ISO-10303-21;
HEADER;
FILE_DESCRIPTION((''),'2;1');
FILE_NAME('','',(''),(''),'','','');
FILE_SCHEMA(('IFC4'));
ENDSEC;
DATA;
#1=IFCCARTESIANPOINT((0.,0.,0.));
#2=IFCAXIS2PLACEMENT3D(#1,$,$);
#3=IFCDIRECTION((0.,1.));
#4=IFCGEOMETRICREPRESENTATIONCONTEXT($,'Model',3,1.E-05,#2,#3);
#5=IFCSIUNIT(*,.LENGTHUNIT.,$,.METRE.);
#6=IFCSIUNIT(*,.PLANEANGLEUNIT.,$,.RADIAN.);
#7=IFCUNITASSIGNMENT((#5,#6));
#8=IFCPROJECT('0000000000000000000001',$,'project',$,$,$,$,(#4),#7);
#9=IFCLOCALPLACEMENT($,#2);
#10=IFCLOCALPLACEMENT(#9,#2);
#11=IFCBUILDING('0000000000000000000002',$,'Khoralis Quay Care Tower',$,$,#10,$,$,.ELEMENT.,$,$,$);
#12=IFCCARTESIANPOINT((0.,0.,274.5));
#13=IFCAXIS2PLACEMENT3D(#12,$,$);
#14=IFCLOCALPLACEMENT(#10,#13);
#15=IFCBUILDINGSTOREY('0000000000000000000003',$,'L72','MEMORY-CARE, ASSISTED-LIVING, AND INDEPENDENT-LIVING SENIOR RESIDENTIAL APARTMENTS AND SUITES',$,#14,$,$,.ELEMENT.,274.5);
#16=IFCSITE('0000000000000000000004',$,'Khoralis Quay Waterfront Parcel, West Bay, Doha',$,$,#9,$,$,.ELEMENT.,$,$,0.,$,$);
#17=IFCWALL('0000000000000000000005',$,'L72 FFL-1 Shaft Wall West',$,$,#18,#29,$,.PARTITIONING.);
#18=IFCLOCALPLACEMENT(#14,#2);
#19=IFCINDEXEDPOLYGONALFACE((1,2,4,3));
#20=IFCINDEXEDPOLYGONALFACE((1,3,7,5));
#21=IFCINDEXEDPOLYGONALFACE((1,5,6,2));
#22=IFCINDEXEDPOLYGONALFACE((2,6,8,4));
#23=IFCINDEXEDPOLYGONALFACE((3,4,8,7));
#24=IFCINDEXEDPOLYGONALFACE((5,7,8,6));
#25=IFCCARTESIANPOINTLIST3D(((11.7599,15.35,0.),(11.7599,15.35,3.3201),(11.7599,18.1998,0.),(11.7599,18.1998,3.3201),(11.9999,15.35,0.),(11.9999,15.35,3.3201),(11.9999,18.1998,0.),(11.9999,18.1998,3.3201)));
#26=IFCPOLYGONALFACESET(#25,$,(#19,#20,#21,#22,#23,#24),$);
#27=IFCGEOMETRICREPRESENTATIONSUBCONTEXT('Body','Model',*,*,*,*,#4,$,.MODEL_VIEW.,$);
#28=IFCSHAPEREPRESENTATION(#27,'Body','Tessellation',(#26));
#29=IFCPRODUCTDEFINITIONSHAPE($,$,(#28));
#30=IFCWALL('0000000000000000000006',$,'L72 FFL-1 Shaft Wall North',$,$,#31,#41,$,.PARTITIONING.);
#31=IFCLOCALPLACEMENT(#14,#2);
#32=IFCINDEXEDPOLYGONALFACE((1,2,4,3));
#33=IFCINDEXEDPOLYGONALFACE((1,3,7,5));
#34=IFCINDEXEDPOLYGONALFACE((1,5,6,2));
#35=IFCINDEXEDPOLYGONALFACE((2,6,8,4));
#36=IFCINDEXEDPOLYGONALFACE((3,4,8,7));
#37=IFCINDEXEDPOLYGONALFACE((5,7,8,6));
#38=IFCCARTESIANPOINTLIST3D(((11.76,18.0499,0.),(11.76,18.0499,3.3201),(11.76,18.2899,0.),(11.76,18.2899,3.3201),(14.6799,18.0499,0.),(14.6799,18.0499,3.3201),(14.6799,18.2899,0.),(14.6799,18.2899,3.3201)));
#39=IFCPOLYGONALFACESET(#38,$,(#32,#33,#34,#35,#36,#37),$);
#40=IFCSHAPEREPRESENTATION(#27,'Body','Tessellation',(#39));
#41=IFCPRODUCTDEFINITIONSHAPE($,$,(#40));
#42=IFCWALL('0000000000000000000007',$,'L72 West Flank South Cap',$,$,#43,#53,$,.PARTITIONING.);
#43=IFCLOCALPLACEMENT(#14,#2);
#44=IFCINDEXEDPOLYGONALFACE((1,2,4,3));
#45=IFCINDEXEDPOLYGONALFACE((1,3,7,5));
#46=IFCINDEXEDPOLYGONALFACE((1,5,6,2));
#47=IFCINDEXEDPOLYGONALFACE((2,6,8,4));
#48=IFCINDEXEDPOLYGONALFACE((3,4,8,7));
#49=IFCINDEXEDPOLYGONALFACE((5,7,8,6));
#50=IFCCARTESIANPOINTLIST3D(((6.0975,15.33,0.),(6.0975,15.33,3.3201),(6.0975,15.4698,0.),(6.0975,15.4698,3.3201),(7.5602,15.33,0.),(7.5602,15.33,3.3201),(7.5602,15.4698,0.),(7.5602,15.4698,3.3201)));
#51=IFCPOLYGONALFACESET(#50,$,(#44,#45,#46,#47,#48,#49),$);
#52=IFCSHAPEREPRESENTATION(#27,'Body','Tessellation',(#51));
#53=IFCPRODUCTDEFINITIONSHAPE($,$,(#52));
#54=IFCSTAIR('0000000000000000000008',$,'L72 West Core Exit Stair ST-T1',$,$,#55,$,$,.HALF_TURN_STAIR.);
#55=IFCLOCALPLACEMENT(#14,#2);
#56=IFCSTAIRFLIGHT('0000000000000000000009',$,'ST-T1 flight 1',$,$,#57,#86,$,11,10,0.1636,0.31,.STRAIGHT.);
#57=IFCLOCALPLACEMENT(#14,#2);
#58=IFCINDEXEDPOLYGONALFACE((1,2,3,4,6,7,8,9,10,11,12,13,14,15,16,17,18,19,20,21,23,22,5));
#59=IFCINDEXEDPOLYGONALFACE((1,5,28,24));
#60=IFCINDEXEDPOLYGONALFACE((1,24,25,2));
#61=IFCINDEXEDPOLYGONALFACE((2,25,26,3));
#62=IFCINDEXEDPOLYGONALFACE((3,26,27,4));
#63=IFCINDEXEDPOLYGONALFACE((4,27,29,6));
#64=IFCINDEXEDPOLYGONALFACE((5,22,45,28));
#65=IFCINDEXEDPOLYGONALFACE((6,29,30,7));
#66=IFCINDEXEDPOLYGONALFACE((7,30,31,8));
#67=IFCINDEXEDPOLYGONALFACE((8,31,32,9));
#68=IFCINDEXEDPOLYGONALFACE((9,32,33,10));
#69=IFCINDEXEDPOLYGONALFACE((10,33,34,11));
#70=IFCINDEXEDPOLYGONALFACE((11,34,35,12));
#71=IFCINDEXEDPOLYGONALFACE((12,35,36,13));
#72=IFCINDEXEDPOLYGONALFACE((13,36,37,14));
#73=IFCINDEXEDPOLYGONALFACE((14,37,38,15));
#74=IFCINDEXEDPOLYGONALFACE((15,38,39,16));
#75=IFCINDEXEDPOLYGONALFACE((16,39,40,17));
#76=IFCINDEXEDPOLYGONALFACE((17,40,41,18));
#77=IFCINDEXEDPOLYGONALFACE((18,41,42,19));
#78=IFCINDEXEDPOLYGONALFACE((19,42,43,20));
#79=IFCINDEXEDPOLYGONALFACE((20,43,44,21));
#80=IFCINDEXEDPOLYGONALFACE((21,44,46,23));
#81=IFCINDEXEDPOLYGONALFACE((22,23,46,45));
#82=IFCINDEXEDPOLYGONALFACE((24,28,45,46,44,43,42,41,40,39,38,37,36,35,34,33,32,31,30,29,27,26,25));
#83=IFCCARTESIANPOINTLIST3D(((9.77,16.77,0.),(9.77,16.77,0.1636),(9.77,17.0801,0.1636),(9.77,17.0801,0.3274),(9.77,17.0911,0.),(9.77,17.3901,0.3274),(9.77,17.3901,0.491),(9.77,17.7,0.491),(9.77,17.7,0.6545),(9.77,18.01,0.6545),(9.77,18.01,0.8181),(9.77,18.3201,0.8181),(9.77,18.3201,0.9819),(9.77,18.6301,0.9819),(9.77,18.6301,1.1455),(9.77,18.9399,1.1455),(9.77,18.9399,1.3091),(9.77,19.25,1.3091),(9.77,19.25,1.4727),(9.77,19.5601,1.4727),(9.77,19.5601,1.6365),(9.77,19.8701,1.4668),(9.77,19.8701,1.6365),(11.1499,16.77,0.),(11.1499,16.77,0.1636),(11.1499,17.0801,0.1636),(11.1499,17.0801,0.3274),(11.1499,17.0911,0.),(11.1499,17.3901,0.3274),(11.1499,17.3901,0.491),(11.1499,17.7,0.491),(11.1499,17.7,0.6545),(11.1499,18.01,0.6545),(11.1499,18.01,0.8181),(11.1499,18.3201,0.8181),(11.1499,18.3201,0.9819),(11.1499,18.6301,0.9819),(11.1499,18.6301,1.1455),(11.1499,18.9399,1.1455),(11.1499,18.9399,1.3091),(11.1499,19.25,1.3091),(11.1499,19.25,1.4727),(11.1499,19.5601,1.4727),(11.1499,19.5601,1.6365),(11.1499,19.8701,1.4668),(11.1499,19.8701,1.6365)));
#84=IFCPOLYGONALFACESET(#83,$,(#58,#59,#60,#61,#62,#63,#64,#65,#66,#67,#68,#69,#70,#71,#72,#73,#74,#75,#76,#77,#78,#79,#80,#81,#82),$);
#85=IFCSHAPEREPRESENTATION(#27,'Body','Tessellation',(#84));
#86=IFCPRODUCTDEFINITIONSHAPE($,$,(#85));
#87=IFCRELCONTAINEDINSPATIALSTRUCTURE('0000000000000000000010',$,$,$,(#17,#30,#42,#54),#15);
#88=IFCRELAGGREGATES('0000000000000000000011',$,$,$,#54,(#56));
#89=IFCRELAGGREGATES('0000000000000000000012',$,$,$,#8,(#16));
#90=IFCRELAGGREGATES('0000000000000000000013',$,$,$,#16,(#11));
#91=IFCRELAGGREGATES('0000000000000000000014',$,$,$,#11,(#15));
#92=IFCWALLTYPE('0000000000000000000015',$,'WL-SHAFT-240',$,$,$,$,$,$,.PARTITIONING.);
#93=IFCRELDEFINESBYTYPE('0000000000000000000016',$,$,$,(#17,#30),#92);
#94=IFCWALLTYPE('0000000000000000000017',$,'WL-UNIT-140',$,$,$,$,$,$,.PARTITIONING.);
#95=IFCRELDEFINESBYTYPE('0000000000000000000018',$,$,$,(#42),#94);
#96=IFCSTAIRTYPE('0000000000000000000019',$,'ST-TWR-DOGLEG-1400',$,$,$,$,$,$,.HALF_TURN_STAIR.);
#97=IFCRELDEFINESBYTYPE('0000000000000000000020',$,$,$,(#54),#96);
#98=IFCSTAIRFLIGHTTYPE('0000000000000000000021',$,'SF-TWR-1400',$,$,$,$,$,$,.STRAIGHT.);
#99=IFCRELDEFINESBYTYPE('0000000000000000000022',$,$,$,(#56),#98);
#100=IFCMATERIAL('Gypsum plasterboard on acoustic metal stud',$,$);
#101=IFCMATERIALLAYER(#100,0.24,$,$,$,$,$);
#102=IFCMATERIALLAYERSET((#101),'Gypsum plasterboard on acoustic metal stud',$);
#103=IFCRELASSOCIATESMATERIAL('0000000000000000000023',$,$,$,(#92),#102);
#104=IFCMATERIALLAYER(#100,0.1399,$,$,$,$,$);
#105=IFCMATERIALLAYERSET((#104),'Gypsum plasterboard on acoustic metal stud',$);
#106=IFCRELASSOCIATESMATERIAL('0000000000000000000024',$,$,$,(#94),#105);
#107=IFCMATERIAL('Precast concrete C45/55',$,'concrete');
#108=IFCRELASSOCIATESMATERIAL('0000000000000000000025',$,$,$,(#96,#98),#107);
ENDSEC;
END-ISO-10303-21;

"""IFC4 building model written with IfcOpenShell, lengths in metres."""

from ifc_helpers import new_model, si_unit, direction, frame, frame_2d, origin, place, context, subcontext, project, spatial, polyline, rectangle, outline, extrude, source, transform, mapped, material, layer, layer_set, type_object, element, aggregate, save


model = new_model("IFC4")

# Units and contexts
model_context = context("Model", 3, precision=1e-05, world=origin(), true_north=direction((0.0, 1.0)))
body_context = subcontext(model_context, "Body", "Model", "MODEL_VIEW")
ifc_project = project(units=[si_unit("LENGTHUNIT", "METRE"), si_unit("PLANEANGLEUNIT", "RADIAN")], contexts=[model_context])

# Site, building, storey
site_placement = place(None, origin())
site = spatial("IfcSite", under=ifc_project, at=site_placement, Name="Khoralis Quay Waterfront Parcel, West Bay, Doha", CompositionType="ELEMENT", RefElevation=0.0)
building_placement = place(site_placement, origin())
building = spatial("IfcBuilding", under=site, at=building_placement, Name="Khoralis Quay Care Tower", CompositionType="ELEMENT")
storey_placement = place(building_placement, frame((0.0, 0.0, 274.5)))
storey = spatial("IfcBuildingStorey", under=building, at=storey_placement, Name="L72", Description="MEMORY-CARE, ASSISTED-LIVING, AND INDEPENDENT-LIVING SENIOR RESIDENTIAL APARTMENTS AND SUITES", CompositionType="ELEMENT", Elevation=274.5)

# Shared definitions
ifc_material_1 = material(Name="Gypsum plasterboard on acoustic metal stud")

# Shared definitions
ifc_material_2 = material(Name="Precast concrete C45/55", Category="concrete")

# Walls
ifc_layer_1 = layer(ifc_material_1, 0.24)
ifc_layer_set_1 = layer_set([ifc_layer_1], Name="Gypsum plasterboard on acoustic metal stud")
wall_type_1 = type_object("IfcWallType", Name="WL-SHAFT-240", PredefinedType="PARTITIONING", material=ifc_layer_set_1)
wall_1_placement = place(storey_placement, frame((11.8799, 15.3501, 0.0), z_axis=(0.0, 0.0, 1.0), x_axis=(0.0, 1.0, 0.0)))
element("IfcWall", 1, at=wall_1_placement, inside=storey, type_object=wall_type_1, Name="L72 FFL-1 Shaft Wall West", PredefinedType="PARTITIONING", context=body_context, shape_type="SweptSolid", body=[
    extrude(rectangle(XDim=2.8499, YDim=0.24, at=frame_2d((1.4248, 0.0))), origin(), (0.0, 0.0, 1.0), 3.3201),
])
wall_2_placement = place(storey_placement, frame((11.76, 18.1699, 0.0), z_axis=(0.0, 0.0, 1.0), x_axis=(1.0, 0.0, 0.0)))
element("IfcWall", 2, at=wall_2_placement, inside=storey, type_object=wall_type_1, Name="L72 FFL-1 Shaft Wall North", PredefinedType="PARTITIONING", context=body_context, shape_type="SweptSolid", body=[
    extrude(rectangle(XDim=2.9199, YDim=0.24, at=frame_2d((1.46, 0.0))), origin(), (0.0, 0.0, 1.0), 3.3201),
])
ifc_layer_2 = layer(ifc_material_1, 0.1399)
ifc_layer_set_2 = layer_set([ifc_layer_2], Name="Gypsum plasterboard on acoustic metal stud")
wall_type_2 = type_object("IfcWallType", Name="WL-UNIT-140", PredefinedType="PARTITIONING", material=ifc_layer_set_2)
wall_3_placement = place(storey_placement, frame((6.0974, 15.3999, 0.0), z_axis=(0.0, 0.0, 1.0), x_axis=(1.0, 0.0, 0.0)))
element("IfcWall", 3, at=wall_3_placement, inside=storey, type_object=wall_type_2, Name="L72 West Flank South Cap", PredefinedType="PARTITIONING", context=body_context, shape_type="SweptSolid", body=[
    extrude(rectangle(XDim=1.4626, YDim=0.1399, at=frame_2d((0.7314, 0.0))), origin(), (0.0, 0.0, 1.0), 3.3201),
])

# Stair, stair flight
stair_type = type_object("IfcStairType", Name="ST-TWR-DOGLEG-1400", PredefinedType="HALF_TURN_STAIR", material=ifc_material_2)
stair_placement = place(storey_placement, origin())
stair = element("IfcStair", 4, at=stair_placement, inside=storey, type_object=stair_type, Name="L72 West Core Exit Stair ST-T1", PredefinedType="HALF_TURN_STAIR")
stair_flight_type = type_object("IfcStairFlightType", Name="SF-TWR-1400", PredefinedType="STRAIGHT", material=ifc_material_2)
shared_shape_1 = source(origin(), body_context, "Body", "SweptSolid", [
    extrude(outline(polyline([(0.0, 0.0), (0.0, 0.1636), (0.3101, 0.1636), (0.3101, 0.3274), (0.6201, 0.3274), (0.6201, 0.491), (0.9299, 0.491), (0.9299, 0.6545), (1.24, 0.6545), (1.24, 0.8181), (1.55, 0.8181), (1.55, 0.9819), (1.8601, 0.9819), (1.8601, 1.1455), (2.1699, 1.1455), (2.1699, 1.3091), (2.48, 1.3091), (2.48, 1.4727), (2.79, 1.4727), (2.79, 1.6365), (3.1001, 1.6365), (3.1001, 1.8), (3.1001, 1.4668), (0.321, 0.0), (0.0, 0.0)])), frame((0.0, 0.6899, 0.0), z_axis=(0.0, -1.0, 0.0), x_axis=(1.0, 0.0, 0.0)), (0.0, 0.0, 1.0), 1.3799),
])
stair_flight_placement = place(storey_placement, frame((10.46, 16.77, 0.0), z_axis=(0.0, 0.0, 1.0), x_axis=(0.0, 1.0, 0.0)))
stair_flight = element("IfcStairFlight", 5, at=stair_flight_placement, type_object=stair_flight_type, Name="ST-T1 flight 1", NumberOfRisers=11, NumberOfTreads=10, PredefinedType="STRAIGHT", RiserHeight=0.1636, TreadLength=0.31, context=body_context, shape_type="MappedRepresentation", body=[
    mapped(shared_shape_1, transform((0.0, 0.0, 0.0), scale=1.0)),
])
aggregate(stair, [stair_flight])

save(model, "model.ifc")
